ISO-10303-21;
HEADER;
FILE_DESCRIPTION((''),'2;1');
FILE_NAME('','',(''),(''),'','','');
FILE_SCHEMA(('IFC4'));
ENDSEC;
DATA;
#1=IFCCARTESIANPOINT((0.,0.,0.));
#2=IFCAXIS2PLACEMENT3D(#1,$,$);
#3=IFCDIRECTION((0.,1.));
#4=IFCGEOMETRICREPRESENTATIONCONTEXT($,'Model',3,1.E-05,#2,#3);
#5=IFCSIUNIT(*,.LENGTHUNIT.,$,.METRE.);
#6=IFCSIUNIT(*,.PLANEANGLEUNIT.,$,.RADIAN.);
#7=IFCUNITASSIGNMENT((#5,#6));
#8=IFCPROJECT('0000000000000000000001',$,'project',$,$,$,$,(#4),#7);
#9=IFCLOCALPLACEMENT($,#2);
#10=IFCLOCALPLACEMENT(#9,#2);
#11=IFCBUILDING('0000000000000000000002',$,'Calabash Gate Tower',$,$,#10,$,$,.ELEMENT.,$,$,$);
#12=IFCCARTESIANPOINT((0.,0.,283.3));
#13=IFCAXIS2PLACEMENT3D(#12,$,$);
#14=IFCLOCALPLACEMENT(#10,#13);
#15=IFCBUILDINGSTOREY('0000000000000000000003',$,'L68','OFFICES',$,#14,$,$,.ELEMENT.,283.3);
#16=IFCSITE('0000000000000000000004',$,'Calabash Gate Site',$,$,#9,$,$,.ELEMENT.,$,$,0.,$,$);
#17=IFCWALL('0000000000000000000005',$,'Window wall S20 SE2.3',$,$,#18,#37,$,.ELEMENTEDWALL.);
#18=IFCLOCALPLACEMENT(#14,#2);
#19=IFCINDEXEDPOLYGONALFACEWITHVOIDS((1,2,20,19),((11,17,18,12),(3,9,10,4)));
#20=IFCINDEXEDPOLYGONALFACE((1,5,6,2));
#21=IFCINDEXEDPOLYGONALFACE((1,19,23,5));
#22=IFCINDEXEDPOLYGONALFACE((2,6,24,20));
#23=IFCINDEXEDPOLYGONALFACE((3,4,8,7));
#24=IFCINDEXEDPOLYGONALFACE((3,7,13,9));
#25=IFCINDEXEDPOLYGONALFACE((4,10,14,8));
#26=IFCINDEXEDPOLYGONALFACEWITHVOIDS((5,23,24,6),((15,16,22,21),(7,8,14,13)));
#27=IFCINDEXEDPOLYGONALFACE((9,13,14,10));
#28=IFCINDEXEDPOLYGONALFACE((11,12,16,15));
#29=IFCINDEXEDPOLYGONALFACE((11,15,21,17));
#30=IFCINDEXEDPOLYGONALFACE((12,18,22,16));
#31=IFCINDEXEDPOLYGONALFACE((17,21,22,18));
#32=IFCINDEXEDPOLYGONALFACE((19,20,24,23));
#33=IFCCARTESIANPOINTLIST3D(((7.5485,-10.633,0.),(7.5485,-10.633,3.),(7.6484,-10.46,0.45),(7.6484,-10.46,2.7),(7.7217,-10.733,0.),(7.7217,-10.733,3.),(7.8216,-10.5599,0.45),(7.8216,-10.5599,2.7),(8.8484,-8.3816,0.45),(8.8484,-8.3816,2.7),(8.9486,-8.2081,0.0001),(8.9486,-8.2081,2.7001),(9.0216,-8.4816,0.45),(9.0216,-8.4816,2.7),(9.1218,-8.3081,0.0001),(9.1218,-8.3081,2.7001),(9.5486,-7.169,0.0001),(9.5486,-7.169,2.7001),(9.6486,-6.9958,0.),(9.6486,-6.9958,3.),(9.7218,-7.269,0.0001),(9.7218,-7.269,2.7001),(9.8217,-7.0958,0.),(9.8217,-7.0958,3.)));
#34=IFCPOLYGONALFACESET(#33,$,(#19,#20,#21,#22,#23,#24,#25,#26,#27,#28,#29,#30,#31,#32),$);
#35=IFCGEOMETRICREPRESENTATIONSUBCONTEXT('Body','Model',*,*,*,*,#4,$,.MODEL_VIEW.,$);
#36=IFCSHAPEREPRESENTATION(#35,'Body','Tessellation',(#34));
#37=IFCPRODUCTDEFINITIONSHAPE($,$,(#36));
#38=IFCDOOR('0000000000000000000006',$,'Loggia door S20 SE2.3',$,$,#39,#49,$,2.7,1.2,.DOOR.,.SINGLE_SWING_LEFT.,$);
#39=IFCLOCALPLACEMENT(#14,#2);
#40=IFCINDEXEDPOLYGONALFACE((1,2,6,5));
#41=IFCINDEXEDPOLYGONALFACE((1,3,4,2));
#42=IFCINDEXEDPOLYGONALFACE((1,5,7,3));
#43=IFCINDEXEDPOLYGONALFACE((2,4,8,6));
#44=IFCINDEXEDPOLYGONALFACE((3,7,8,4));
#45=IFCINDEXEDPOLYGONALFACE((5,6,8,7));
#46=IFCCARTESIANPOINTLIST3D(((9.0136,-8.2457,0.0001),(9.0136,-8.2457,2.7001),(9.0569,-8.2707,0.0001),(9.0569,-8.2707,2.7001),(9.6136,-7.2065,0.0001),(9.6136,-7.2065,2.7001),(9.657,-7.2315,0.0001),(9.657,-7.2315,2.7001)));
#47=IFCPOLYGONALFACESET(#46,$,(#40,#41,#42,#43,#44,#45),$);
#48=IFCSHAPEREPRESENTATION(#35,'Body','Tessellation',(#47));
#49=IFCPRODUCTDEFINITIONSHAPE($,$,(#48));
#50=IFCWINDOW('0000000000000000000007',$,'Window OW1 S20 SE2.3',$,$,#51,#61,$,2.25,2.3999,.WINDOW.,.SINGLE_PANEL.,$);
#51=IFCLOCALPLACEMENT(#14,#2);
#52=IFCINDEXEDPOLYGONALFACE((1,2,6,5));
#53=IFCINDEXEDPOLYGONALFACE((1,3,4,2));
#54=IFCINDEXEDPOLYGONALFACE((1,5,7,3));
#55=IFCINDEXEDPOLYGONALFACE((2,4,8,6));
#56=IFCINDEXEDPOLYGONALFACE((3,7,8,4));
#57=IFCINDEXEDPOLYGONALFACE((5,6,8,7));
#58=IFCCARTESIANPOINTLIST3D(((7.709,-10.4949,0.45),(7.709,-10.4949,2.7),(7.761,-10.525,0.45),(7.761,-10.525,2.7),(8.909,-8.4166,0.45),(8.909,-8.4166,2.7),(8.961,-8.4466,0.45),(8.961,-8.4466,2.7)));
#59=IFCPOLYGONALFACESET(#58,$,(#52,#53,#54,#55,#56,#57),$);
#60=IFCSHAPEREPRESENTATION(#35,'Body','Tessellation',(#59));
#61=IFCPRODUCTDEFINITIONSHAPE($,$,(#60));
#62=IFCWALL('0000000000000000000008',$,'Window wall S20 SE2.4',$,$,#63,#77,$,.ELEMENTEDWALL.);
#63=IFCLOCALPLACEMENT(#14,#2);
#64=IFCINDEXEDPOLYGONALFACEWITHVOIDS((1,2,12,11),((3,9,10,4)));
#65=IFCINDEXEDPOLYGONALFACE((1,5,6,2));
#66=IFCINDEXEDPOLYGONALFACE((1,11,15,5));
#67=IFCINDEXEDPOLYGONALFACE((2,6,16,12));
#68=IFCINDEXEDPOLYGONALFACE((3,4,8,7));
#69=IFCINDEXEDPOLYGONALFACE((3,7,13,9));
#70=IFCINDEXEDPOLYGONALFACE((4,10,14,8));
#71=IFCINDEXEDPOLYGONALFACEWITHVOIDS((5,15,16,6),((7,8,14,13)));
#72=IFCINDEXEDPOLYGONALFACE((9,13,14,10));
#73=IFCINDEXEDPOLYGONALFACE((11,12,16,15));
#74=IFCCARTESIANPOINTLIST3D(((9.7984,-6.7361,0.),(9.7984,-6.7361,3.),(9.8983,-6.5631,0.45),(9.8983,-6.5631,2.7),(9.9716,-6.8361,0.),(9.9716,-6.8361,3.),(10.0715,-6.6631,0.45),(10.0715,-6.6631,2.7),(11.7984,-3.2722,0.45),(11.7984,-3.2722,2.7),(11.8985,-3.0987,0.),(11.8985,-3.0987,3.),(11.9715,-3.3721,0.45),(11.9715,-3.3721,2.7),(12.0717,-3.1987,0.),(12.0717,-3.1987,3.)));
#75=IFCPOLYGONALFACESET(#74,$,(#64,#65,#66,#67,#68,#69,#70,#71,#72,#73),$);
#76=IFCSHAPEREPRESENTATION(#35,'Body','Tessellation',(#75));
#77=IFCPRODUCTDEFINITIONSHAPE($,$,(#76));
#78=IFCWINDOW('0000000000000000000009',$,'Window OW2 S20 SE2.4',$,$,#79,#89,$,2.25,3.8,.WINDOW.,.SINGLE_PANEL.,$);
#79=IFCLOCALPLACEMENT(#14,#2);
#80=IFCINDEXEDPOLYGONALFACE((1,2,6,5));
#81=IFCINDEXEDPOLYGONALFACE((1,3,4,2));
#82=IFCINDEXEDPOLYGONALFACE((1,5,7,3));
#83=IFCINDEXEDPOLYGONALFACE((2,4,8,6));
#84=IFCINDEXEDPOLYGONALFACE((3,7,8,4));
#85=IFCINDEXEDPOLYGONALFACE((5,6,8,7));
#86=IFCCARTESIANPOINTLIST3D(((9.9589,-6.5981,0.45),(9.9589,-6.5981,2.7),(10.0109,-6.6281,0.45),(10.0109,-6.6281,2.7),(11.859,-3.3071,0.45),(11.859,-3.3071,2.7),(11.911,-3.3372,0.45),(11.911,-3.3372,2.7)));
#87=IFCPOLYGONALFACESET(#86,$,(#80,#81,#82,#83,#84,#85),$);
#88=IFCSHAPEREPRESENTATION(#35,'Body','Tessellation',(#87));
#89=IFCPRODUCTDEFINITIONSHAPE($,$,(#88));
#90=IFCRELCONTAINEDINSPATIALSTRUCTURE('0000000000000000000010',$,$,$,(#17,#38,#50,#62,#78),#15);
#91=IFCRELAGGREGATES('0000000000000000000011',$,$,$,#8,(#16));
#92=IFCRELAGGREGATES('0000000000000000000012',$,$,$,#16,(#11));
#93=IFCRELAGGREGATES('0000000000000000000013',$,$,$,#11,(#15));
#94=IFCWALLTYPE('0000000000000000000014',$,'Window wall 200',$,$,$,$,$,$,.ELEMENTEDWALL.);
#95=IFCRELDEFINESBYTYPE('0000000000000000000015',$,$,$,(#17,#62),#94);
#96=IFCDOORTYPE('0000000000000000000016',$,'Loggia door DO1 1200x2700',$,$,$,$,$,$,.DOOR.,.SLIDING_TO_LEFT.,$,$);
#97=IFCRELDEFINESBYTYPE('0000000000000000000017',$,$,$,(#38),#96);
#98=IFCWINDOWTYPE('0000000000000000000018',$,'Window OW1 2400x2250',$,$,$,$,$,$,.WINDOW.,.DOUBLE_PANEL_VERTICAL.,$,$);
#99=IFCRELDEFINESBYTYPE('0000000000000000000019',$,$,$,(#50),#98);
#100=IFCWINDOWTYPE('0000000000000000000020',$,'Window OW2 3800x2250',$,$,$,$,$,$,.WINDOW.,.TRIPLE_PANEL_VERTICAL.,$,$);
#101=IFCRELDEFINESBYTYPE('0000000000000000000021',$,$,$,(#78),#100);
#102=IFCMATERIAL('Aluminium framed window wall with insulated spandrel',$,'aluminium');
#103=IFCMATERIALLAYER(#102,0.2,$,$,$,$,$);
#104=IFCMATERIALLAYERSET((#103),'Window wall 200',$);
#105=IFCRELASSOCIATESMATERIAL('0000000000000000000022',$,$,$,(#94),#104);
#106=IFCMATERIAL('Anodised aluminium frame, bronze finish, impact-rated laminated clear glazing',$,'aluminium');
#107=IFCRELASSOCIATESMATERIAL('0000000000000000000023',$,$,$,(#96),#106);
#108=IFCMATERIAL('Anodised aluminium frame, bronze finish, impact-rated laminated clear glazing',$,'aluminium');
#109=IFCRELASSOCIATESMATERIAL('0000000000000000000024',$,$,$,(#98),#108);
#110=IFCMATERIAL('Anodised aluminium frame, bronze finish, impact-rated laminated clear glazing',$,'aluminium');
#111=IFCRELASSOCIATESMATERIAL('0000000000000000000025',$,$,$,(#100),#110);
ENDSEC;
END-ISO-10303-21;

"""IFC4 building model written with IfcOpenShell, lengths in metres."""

from ifc_helpers import new_model, si_unit, direction, frame, frame_2d, origin, place, context, subcontext, project, spatial, rectangle, extrude, material, layer, layer_set, type_object, element, fill, save


model = new_model("IFC4")

# Units and contexts
model_context = context("Model", 3, precision=1e-05, world=origin(), true_north=direction((0.0, 1.0)))
body_context = subcontext(model_context, "Body", "Model", "MODEL_VIEW")
ifc_project = project(units=[si_unit("LENGTHUNIT", "METRE"), si_unit("PLANEANGLEUNIT", "RADIAN")], contexts=[model_context])

# Site, building, storey
site_placement = place(None, origin())
site = spatial("IfcSite", under=ifc_project, at=site_placement, Name="Calabash Gate Site", CompositionType="ELEMENT", RefElevation=0.0)
building_placement = place(site_placement, origin())
building = spatial("IfcBuilding", under=site, at=building_placement, Name="Calabash Gate Tower", CompositionType="ELEMENT")
storey_placement = place(building_placement, frame((0.0, 0.0, 283.3)))
storey = spatial("IfcBuildingStorey", under=building, at=storey_placement, Name="L68", Description="OFFICES", CompositionType="ELEMENT", Elevation=283.3)

# Wall, openings, door, window
ifc_material_1 = material(Name="Aluminium framed window wall with insulated spandrel", Category="aluminium")
ifc_layer_1 = layer(ifc_material_1, 0.2)
ifc_layer_set_1 = layer_set([ifc_layer_1], Name="Window wall 200")
wall_type_1 = type_object("IfcWallType", Name="Window wall 200", PredefinedType="ELEMENTEDWALL", material=ifc_layer_set_1)
wall_1_placement = place(storey_placement, frame((7.635, -10.6831, 0.0), z_axis=(0.0, 0.0, 1.0), x_axis=(0.500028, 0.866009, 0.0)))
wall_1 = element("IfcWall", 1, at=wall_1_placement, inside=storey, type_object=wall_type_1, Name="Window wall S20 SE2.3", PredefinedType="ELEMENTEDWALL", context=body_context, shape_type="SweptSolid", body=[
    extrude(rectangle(XDim=4.2, YDim=0.2, at=frame_2d((2.1001, 0.0))), origin(), (0.0, 0.0, 1.0), 3.0),
])
opening_1_placement = place(wall_1_placement, frame((0.2, 0.0, 0.45)))
opening_1 = element("IfcOpeningElement", 2, at=opening_1_placement, cuts=wall_1, PredefinedType="OPENING", context=body_context, shape_type="SweptSolid", body=[
    extrude(rectangle(XDim=2.3999, YDim=2.25, at=frame_2d((1.2, 1.125))), frame((0.0, 0.1099, 0.0), z_axis=(0.0, -1.0, 0.0), x_axis=(1.0, 0.0, 0.0)), (0.0, 0.0, 1.0), 0.22),
])
opening_2_placement = place(wall_1_placement, frame((2.8, 0.0, 0.0)))
opening_2 = element("IfcOpeningElement", 3, at=opening_2_placement, cuts=wall_1, PredefinedType="OPENING", context=body_context, shape_type="SweptSolid", body=[
    extrude(rectangle(XDim=1.2, YDim=2.7, at=frame_2d((0.6001, 1.3501))), frame((0.0, 0.1099, 0.0), z_axis=(0.0, -1.0, 0.0), x_axis=(1.0, 0.0, 0.0)), (0.0, 0.0, 1.0), 0.22),
])
ifc_material_2 = material(Name="Anodised aluminium frame, bronze finish, impact-rated laminated clear glazing", Category="aluminium")
door_type_1 = type_object("IfcDoorType", Name="Loggia door DO1 1200x2700", OperationType="SLIDING_TO_LEFT", PredefinedType="DOOR", material=ifc_material_2)
door_1_placement = place(opening_2_placement, origin())
door_1 = element("IfcDoor", 4, at=door_1_placement, inside=storey, type_object=door_type_1, Name="Loggia door S20 SE2.3", OperationType="SINGLE_SWING_LEFT", OverallHeight=2.7, OverallWidth=1.2, PredefinedType="DOOR", context=body_context, shape_type="SweptSolid", body=[
    extrude(rectangle(XDim=1.2, YDim=2.7, at=frame_2d((0.6001, 1.3501))), frame((0.0, 0.0249, 0.0), z_axis=(0.0, -1.0, 0.0), x_axis=(1.0, 0.0, 0.0)), (0.0, 0.0, 1.0), 0.05),
])
fill(opening_2, door_1)
ifc_material_3 = material(Name="Anodised aluminium frame, bronze finish, impact-rated laminated clear glazing", Category="aluminium")
window_type_1 = type_object("IfcWindowType", Name="Window OW1 2400x2250", PartitioningType="DOUBLE_PANEL_VERTICAL", PredefinedType="WINDOW", material=ifc_material_3)
window_1_placement = place(opening_1_placement, origin())
window_1 = element("IfcWindow", 5, at=window_1_placement, inside=storey, type_object=window_type_1, Name="Window OW1 S20 SE2.3", OverallHeight=2.25, OverallWidth=2.3999, PartitioningType="SINGLE_PANEL", PredefinedType="WINDOW", context=body_context, shape_type="SweptSolid", body=[
    extrude(rectangle(XDim=2.3999, YDim=2.25, at=frame_2d((1.2, 1.125))), frame((0.0, 0.03, 0.0), z_axis=(0.0, -1.0, 0.0), x_axis=(1.0, 0.0, 0.0)), (0.0, 0.0, 1.0), 0.0601),
])
fill(opening_1, window_1)

# Wall, opening, window
wall_2_placement = place(storey_placement, frame((9.885, -6.7861, 0.0), z_axis=(0.0, 0.0, 1.0), x_axis=(0.500003, 0.866024, 0.0)))
wall_2 = element("IfcWall", 6, at=wall_2_placement, inside=storey, type_object=wall_type_1, Name="Window wall S20 SE2.4", PredefinedType="ELEMENTEDWALL", context=body_context, shape_type="SweptSolid", body=[
    extrude(rectangle(XDim=4.2002, YDim=0.2, at=frame_2d((2.1001, 0.0))), origin(), (0.0, 0.0, 1.0), 3.0),
])
opening_3_placement = place(wall_2_placement, frame((0.2, 0.0, 0.45)))
opening_3 = element("IfcOpeningElement", 7, at=opening_3_placement, cuts=wall_2, PredefinedType="OPENING", context=body_context, shape_type="SweptSolid", body=[
    extrude(rectangle(XDim=3.8, YDim=2.25, at=frame_2d((1.8999, 1.125))), frame((0.0, 0.1099, 0.0), z_axis=(0.0, -1.0, 0.0), x_axis=(1.0, 0.0, 0.0)), (0.0, 0.0, 1.0), 0.22),
])
ifc_material_4 = material(Name="Anodised aluminium frame, bronze finish, impact-rated laminated clear glazing", Category="aluminium")
window_type_2 = type_object("IfcWindowType", Name="Window OW2 3800x2250", PartitioningType="TRIPLE_PANEL_VERTICAL", PredefinedType="WINDOW", material=ifc_material_4)
window_2_placement = place(opening_3_placement, origin())
window_2 = element("IfcWindow", 8, at=window_2_placement, inside=storey, type_object=window_type_2, Name="Window OW2 S20 SE2.4", OverallHeight=2.25, OverallWidth=3.8, PartitioningType="SINGLE_PANEL", PredefinedType="WINDOW", context=body_context, shape_type="SweptSolid", body=[
    extrude(rectangle(XDim=3.8, YDim=2.25, at=frame_2d((1.8999, 1.125))), frame((0.0, 0.03, 0.0), z_axis=(0.0, -1.0, 0.0), x_axis=(1.0, 0.0, 0.0)), (0.0, 0.0, 1.0), 0.0601),
])
fill(opening_3, window_2)

save(model, "model.ifc")
